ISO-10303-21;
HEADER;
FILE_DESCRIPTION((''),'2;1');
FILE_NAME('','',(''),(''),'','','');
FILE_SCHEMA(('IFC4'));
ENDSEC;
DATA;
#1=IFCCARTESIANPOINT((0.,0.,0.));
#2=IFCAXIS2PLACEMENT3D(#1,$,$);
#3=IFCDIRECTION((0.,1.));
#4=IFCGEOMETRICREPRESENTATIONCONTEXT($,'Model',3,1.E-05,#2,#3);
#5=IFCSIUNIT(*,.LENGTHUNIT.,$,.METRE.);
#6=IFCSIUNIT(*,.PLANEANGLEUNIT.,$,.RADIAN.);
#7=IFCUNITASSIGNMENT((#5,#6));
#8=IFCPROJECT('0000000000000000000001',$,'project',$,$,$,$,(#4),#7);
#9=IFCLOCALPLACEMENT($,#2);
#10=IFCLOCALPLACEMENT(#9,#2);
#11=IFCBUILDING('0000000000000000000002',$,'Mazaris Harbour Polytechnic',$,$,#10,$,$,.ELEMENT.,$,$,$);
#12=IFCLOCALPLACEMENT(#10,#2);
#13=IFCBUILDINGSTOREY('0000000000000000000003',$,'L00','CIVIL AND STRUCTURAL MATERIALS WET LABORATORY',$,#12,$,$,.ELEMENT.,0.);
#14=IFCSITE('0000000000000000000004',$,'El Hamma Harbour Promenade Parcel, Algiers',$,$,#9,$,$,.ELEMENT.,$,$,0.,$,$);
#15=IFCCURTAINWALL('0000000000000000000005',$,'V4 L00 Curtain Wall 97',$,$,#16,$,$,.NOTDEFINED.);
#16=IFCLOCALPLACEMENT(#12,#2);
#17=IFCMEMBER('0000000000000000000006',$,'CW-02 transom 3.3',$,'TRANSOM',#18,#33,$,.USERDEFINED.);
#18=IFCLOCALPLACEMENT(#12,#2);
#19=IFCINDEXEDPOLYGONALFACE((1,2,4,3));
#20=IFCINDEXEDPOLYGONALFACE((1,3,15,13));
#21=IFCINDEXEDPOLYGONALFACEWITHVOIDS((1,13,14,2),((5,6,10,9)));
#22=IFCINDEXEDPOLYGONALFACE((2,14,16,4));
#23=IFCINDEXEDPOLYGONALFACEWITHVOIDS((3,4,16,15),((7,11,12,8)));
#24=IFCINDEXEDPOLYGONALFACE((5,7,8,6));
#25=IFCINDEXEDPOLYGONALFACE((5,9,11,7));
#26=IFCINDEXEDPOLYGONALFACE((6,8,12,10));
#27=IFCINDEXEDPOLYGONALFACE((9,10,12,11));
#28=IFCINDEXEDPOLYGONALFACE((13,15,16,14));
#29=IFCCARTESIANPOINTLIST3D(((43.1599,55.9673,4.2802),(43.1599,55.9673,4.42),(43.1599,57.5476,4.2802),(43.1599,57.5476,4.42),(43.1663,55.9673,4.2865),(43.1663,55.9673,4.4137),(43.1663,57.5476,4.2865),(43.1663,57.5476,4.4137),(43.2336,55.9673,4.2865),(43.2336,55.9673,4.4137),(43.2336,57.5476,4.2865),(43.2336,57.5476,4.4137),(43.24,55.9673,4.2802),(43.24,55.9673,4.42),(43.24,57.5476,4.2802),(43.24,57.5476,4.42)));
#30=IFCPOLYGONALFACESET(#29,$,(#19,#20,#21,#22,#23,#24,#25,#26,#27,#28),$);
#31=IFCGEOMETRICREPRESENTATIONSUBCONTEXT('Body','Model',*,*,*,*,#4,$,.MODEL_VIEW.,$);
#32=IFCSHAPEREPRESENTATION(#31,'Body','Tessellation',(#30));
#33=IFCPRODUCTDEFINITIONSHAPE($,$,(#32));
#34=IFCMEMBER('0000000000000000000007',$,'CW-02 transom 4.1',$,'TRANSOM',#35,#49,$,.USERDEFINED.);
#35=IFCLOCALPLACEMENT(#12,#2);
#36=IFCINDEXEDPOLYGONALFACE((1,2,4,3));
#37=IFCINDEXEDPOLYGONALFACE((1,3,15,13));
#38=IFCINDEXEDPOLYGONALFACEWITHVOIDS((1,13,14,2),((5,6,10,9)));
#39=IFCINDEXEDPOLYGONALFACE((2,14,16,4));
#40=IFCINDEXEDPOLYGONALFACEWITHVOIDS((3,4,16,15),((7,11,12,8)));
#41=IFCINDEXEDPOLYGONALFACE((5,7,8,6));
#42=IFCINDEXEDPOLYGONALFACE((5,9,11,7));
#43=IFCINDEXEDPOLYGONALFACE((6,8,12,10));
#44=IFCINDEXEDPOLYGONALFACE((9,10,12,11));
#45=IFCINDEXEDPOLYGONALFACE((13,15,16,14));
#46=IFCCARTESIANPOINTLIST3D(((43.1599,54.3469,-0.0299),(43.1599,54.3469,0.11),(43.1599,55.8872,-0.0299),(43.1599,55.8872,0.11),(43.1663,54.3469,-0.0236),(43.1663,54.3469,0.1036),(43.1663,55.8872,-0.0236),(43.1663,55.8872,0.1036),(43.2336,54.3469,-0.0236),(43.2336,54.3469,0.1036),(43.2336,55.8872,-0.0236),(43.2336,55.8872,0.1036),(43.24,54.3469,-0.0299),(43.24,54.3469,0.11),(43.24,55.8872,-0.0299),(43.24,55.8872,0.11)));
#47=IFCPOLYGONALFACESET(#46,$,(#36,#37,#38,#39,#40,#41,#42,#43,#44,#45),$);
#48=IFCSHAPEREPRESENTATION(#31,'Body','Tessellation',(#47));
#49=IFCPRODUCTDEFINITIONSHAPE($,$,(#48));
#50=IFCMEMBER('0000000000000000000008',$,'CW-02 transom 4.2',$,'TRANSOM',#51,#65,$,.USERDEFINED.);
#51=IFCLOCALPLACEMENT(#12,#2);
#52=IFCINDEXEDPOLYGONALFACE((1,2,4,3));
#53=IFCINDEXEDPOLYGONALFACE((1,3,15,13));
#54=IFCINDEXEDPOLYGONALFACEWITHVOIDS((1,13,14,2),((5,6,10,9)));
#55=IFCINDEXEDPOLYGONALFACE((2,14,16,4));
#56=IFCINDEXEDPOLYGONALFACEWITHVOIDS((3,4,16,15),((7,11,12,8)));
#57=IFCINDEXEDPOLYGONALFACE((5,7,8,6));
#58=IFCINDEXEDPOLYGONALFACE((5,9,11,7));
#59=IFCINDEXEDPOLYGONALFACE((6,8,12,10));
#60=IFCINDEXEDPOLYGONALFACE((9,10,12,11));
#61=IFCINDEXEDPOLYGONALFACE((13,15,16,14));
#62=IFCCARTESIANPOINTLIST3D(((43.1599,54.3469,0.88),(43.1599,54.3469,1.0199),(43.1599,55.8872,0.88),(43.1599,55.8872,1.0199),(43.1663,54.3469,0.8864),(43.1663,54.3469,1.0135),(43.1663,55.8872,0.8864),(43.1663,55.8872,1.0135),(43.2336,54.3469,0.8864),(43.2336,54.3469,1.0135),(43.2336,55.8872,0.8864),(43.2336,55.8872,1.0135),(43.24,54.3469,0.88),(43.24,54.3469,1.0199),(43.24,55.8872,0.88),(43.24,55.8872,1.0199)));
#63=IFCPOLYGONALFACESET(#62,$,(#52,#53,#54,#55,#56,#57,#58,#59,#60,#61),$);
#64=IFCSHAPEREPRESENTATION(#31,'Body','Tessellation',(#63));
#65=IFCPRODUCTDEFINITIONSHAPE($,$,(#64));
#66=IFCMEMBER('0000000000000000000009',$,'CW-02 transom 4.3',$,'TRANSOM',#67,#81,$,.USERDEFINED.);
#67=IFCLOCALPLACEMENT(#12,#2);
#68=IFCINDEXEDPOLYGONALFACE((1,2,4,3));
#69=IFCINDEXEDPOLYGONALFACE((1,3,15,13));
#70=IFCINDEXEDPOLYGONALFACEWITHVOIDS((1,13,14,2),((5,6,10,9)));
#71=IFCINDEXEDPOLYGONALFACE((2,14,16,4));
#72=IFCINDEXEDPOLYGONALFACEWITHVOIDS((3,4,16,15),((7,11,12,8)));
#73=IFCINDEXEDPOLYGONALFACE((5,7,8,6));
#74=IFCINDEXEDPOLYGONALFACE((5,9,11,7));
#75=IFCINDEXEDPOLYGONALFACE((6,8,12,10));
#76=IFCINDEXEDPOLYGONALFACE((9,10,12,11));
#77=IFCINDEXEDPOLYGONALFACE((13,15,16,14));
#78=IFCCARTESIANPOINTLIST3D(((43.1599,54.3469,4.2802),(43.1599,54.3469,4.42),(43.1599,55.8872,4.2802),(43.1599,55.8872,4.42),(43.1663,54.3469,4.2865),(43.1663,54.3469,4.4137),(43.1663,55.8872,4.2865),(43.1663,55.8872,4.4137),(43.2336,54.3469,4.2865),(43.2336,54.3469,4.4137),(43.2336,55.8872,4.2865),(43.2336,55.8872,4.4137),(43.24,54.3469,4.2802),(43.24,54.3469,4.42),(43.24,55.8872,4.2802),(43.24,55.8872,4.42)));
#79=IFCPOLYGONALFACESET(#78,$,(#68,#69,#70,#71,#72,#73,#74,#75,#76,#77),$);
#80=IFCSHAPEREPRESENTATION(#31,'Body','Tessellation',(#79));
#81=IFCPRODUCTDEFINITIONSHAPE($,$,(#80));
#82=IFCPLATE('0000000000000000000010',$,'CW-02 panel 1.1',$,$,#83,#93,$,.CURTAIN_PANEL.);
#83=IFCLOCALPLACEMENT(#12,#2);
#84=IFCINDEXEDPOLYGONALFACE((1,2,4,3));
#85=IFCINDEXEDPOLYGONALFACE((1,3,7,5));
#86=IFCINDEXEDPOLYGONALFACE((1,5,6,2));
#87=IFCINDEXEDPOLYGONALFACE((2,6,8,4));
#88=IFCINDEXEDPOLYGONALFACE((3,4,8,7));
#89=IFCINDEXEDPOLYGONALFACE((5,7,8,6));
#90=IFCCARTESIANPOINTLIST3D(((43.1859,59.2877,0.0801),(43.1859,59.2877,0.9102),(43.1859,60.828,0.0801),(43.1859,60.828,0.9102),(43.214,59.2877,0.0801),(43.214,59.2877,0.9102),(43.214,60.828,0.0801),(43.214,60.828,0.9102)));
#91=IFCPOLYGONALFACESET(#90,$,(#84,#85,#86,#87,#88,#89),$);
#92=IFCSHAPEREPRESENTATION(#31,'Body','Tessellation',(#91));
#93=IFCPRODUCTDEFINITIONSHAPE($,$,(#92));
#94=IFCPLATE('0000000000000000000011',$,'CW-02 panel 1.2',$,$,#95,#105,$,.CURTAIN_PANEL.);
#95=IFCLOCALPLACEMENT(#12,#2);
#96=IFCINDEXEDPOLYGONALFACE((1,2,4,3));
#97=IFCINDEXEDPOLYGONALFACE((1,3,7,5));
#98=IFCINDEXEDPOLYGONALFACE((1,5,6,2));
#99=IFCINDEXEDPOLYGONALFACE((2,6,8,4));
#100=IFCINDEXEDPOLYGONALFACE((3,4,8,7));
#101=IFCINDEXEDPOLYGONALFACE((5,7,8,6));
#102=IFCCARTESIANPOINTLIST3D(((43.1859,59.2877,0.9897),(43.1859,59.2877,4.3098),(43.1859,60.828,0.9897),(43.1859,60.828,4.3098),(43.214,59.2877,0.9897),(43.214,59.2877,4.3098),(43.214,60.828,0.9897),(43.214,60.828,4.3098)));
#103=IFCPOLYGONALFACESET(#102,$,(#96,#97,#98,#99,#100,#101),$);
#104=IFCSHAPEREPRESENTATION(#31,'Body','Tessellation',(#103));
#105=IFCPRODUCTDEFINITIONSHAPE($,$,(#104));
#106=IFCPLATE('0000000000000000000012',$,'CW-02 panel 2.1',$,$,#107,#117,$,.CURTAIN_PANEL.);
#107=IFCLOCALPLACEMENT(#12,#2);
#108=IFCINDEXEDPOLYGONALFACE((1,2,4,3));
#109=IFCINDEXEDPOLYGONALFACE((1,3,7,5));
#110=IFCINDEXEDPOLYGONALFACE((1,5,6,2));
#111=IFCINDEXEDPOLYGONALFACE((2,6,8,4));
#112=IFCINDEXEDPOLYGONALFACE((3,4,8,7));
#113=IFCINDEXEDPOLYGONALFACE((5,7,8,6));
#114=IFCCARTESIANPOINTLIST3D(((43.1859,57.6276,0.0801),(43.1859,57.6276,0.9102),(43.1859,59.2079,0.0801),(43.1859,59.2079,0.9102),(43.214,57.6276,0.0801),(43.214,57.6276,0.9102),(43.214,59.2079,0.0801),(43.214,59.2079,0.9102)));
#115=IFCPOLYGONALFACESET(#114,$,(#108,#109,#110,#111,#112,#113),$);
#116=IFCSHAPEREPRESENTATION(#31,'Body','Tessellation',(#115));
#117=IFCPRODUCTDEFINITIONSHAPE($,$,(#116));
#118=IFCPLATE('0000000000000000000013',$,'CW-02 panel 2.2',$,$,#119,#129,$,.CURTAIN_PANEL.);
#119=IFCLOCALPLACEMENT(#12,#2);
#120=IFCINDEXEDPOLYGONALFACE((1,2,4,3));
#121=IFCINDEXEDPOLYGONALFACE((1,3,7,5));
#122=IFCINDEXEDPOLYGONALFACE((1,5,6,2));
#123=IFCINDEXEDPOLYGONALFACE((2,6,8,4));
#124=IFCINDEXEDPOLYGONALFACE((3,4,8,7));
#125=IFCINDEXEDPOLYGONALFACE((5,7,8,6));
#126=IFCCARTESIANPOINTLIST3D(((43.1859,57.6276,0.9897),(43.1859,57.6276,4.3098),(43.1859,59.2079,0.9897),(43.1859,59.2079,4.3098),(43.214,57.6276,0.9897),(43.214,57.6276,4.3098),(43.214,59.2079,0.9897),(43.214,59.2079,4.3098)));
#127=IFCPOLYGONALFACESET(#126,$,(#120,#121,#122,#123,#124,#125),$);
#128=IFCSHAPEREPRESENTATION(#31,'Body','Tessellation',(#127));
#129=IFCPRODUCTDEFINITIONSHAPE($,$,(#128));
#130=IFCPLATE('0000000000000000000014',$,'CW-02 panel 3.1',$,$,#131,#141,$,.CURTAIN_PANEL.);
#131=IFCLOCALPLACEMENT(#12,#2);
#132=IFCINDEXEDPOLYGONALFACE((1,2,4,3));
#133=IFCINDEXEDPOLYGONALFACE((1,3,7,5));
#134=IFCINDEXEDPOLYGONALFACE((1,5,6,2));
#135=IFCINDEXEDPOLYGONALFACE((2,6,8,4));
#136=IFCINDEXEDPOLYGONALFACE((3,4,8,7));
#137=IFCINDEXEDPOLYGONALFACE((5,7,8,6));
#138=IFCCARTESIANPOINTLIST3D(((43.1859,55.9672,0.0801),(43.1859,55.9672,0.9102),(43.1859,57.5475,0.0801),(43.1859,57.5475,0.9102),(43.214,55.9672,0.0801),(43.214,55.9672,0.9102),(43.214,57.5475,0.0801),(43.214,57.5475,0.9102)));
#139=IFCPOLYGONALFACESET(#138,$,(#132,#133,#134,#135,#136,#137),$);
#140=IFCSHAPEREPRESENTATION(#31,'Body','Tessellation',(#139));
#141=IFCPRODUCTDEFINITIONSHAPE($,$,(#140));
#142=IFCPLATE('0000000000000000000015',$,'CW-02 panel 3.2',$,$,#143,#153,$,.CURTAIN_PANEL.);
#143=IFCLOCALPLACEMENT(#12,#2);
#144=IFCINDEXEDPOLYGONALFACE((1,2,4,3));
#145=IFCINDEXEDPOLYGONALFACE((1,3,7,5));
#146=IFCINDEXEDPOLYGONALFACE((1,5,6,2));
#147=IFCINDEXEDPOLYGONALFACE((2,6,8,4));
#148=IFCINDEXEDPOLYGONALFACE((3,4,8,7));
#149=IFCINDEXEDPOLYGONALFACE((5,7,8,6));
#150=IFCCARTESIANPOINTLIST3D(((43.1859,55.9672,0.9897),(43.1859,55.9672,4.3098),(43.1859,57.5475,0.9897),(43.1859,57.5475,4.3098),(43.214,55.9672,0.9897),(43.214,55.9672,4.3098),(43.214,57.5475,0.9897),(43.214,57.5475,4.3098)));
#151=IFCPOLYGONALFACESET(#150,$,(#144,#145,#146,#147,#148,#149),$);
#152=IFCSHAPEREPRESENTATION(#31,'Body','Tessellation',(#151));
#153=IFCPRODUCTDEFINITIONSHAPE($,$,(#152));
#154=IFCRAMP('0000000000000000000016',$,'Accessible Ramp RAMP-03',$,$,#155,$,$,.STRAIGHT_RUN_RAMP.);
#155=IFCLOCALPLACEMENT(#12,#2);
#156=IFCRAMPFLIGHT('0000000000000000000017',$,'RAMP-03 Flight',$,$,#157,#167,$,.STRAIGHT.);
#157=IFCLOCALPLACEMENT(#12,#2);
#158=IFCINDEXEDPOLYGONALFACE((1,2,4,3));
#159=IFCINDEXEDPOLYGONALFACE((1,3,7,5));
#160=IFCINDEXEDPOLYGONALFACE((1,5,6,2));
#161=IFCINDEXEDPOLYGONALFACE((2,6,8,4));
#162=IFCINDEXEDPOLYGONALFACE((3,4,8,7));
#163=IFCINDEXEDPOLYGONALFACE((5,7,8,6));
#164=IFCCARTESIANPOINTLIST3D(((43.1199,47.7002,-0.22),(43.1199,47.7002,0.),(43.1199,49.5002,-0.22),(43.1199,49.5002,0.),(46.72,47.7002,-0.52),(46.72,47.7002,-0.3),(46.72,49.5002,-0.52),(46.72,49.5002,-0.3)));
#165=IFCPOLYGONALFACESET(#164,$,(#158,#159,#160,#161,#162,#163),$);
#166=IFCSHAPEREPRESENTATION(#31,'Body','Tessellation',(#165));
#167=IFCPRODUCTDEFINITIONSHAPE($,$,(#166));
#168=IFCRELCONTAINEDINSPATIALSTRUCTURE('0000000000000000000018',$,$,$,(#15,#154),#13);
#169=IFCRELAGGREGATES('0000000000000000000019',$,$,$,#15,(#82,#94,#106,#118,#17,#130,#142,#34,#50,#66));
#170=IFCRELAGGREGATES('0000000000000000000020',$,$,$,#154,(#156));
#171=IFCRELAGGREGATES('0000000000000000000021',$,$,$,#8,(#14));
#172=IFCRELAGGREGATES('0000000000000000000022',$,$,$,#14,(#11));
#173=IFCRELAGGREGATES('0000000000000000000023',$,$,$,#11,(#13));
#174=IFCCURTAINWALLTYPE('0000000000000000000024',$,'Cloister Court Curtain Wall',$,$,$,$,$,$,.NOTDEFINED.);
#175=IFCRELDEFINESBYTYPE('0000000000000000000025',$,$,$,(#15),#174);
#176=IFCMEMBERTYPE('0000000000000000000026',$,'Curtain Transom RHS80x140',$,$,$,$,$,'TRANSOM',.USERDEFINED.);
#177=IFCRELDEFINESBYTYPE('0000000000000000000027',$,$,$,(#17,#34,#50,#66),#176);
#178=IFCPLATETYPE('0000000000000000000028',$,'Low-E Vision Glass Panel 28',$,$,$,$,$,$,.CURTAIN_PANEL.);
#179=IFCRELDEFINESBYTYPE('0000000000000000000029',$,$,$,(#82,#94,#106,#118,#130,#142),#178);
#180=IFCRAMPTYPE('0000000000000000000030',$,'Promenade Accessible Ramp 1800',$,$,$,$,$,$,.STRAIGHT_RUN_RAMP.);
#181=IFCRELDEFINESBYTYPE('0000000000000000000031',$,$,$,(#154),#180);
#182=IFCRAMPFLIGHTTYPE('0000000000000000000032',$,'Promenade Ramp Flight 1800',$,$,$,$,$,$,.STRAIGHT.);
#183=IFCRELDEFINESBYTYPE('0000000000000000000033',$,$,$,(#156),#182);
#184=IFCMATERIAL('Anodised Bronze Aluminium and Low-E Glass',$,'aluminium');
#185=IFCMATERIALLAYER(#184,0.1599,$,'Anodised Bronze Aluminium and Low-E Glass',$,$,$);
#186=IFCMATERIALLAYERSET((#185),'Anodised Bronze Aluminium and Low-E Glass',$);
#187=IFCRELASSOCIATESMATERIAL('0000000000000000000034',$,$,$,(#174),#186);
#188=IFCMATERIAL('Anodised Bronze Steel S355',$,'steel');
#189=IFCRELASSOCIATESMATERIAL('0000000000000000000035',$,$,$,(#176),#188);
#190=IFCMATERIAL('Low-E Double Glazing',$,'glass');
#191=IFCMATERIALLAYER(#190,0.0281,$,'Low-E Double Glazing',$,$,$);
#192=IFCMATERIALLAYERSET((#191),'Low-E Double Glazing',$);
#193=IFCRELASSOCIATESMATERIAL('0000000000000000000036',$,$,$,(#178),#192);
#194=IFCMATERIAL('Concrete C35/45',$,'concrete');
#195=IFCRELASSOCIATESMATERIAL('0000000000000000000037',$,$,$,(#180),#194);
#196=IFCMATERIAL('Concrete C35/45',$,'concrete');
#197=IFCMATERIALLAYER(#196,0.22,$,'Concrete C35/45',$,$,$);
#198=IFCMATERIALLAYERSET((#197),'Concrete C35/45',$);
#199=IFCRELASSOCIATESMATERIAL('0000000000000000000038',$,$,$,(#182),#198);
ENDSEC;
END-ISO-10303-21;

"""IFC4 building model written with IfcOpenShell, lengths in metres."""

from ifc_helpers import new_model, si_unit, direction, frame, origin, origin_2d, place, context, subcontext, project, spatial, polyline, rectangle, hollow_rectangle, outline, extrude, material, layer, layer_set, material_profile, profile_set, type_object, element, aggregate, save


model = new_model("IFC4")

# Units and contexts
model_context = context("Model", 3, precision=1e-05, world=origin(), true_north=direction((0.0, 1.0)))
body_context = subcontext(model_context, "Body", "Model", "MODEL_VIEW")
ifc_project = project(units=[si_unit("LENGTHUNIT", "METRE"), si_unit("PLANEANGLEUNIT", "RADIAN")], contexts=[model_context])

# Site, building, storey
site_placement = place(None, origin())
site = spatial("IfcSite", under=ifc_project, at=site_placement, Name="El Hamma Harbour Promenade Parcel, Algiers", CompositionType="ELEMENT", RefElevation=0.0)
building_placement = place(site_placement, origin())
building = spatial("IfcBuilding", under=site, at=building_placement, Name="Mazaris Harbour Polytechnic", CompositionType="ELEMENT")
storey_placement = place(building_placement, origin())
storey = spatial("IfcBuildingStorey", under=building, at=storey_placement, Name="L00", Description="CIVIL AND STRUCTURAL MATERIALS WET LABORATORY", CompositionType="ELEMENT", Elevation=0.0)

# Curtain wall, members, plates
ifc_material_1 = material(Name="Anodised Bronze Aluminium and Low-E Glass", Category="aluminium")
ifc_layer_1 = layer(ifc_material_1, 0.1599, Name="Anodised Bronze Aluminium and Low-E Glass")
ifc_layer_set_1 = layer_set([ifc_layer_1], Name="Anodised Bronze Aluminium and Low-E Glass")
curtain_wall_type = type_object("IfcCurtainWallType", Name="Cloister Court Curtain Wall", PredefinedType="NOTDEFINED", material=ifc_layer_set_1)
curtain_wall_placement = place(storey_placement, origin())
curtain_wall = element("IfcCurtainWall", 1, at=curtain_wall_placement, inside=storey, type_object=curtain_wall_type, Name="V4 L00 Curtain Wall 97", PredefinedType="NOTDEFINED")
ifc_material_2 = material(Name="Anodised Bronze Steel S355", Category="steel")
ifc_material_profile_1 = material_profile(ifc_material_2, hollow_rectangle(XDim=0.0801, YDim=0.1399, WallThickness=0.0063, at=origin_2d()), Name="RHS 80x140x6.3")
ifc_profile_set_1 = profile_set([ifc_material_profile_1], Name="Anodised Bronze Steel S355")
member_type_1 = type_object("IfcMemberType", Name="Curtain Transom RHS80x140", ElementType="TRANSOM", PredefinedType="USERDEFINED", material=ifc_profile_set_1)
member_1_placement = place(storey_placement, frame((43.2, 57.5476, 4.3501), z_axis=(0.0, -1.0, 0.0), x_axis=(1.0, 0.0, 0.0)))
member_1 = element("IfcMember", 2, at=member_1_placement, type_object=member_type_1, Name="CW-02 transom 3.3", ObjectType="TRANSOM", PredefinedType="USERDEFINED", context=body_context, shape_type="SweptSolid", body=[
    extrude(hollow_rectangle(XDim=0.0801, YDim=0.1399, WallThickness=0.0063, at=origin_2d()), origin(), (0.0, 0.0, 1.0), 1.5803),
])
member_2_placement = place(storey_placement, frame((43.2, 55.8872, 0.04), z_axis=(0.0, -1.0, 0.0), x_axis=(1.0, 0.0, 0.0)))
member_2 = element("IfcMember", 3, at=member_2_placement, type_object=member_type_1, Name="CW-02 transom 4.1", ObjectType="TRANSOM", PredefinedType="USERDEFINED", context=body_context, shape_type="SweptSolid", body=[
    extrude(hollow_rectangle(XDim=0.0801, YDim=0.1399, WallThickness=0.0063, at=origin_2d()), origin(), (0.0, 0.0, 1.0), 1.5403),
])
member_3_placement = place(storey_placement, frame((43.2, 55.8872, 0.95), z_axis=(0.0, -1.0, 0.0), x_axis=(1.0, 0.0, 0.0)))
member_3 = element("IfcMember", 4, at=member_3_placement, type_object=member_type_1, Name="CW-02 transom 4.2", ObjectType="TRANSOM", PredefinedType="USERDEFINED", context=body_context, shape_type="SweptSolid", body=[
    extrude(hollow_rectangle(XDim=0.0801, YDim=0.1399, WallThickness=0.0063, at=origin_2d()), origin(), (0.0, 0.0, 1.0), 1.5403),
])
member_4_placement = place(storey_placement, frame((43.2, 55.8872, 4.3501), z_axis=(0.0, -1.0, 0.0), x_axis=(1.0, 0.0, 0.0)))
member_4 = element("IfcMember", 5, at=member_4_placement, type_object=member_type_1, Name="CW-02 transom 4.3", ObjectType="TRANSOM", PredefinedType="USERDEFINED", context=body_context, shape_type="SweptSolid", body=[
    extrude(hollow_rectangle(XDim=0.0801, YDim=0.1399, WallThickness=0.0063, at=origin_2d()), origin(), (0.0, 0.0, 1.0), 1.5403),
])
ifc_material_3 = material(Name="Low-E Double Glazing", Category="glass")
ifc_layer_2 = layer(ifc_material_3, 0.0281, Name="Low-E Double Glazing")
ifc_layer_set_2 = layer_set([ifc_layer_2], Name="Low-E Double Glazing")
plate_type = type_object("IfcPlateType", Name="Low-E Vision Glass Panel 28", PredefinedType="CURTAIN_PANEL", material=ifc_layer_set_2)
plate_1_placement = place(storey_placement, frame((43.2, 60.0579, 0.0801), z_axis=(0.0, 0.0, 1.0), x_axis=(0.0, -1.0, 0.0)))
plate_1 = element("IfcPlate", 6, at=plate_1_placement, type_object=plate_type, Name="CW-02 panel 1.1", PredefinedType="CURTAIN_PANEL", context=body_context, shape_type="SweptSolid", body=[
    extrude(rectangle(XDim=1.5403, YDim=0.0281, at=origin_2d()), origin(), (0.0, 0.0, 1.0), 0.8301),
])
plate_2_placement = place(storey_placement, frame((43.2, 60.0579, 0.9897), z_axis=(0.0, 0.0, 1.0), x_axis=(0.0, -1.0, 0.0)))
plate_2 = element("IfcPlate", 7, at=plate_2_placement, type_object=plate_type, Name="CW-02 panel 1.2", PredefinedType="CURTAIN_PANEL", context=body_context, shape_type="SweptSolid", body=[
    extrude(rectangle(XDim=1.5403, YDim=0.0281, at=origin_2d()), origin(), (0.0, 0.0, 1.0), 3.3201),
])
plate_3_placement = place(storey_placement, frame((43.2, 58.4177, 0.0801), z_axis=(0.0, 0.0, 1.0), x_axis=(0.0, -1.0, 0.0)))
plate_3 = element("IfcPlate", 8, at=plate_3_placement, type_object=plate_type, Name="CW-02 panel 2.1", PredefinedType="CURTAIN_PANEL", context=body_context, shape_type="SweptSolid", body=[
    extrude(rectangle(XDim=1.5803, YDim=0.0281, at=origin_2d()), origin(), (0.0, 0.0, 1.0), 0.8301),
])
plate_4_placement = place(storey_placement, frame((43.2, 58.4177, 0.9897), z_axis=(0.0, 0.0, 1.0), x_axis=(0.0, -1.0, 0.0)))
plate_4 = element("IfcPlate", 9, at=plate_4_placement, type_object=plate_type, Name="CW-02 panel 2.2", PredefinedType="CURTAIN_PANEL", context=body_context, shape_type="SweptSolid", body=[
    extrude(rectangle(XDim=1.5803, YDim=0.0281, at=origin_2d()), origin(), (0.0, 0.0, 1.0), 3.3201),
])
plate_5_placement = place(storey_placement, frame((43.2, 56.7573, 0.0801), z_axis=(0.0, 0.0, 1.0), x_axis=(0.0, -1.0, 0.0)))
plate_5 = element("IfcPlate", 10, at=plate_5_placement, type_object=plate_type, Name="CW-02 panel 3.1", PredefinedType="CURTAIN_PANEL", context=body_context, shape_type="SweptSolid", body=[
    extrude(rectangle(XDim=1.5803, YDim=0.0281, at=origin_2d()), origin(), (0.0, 0.0, 1.0), 0.8301),
])
plate_6_placement = place(storey_placement, frame((43.2, 56.7573, 0.9897), z_axis=(0.0, 0.0, 1.0), x_axis=(0.0, -1.0, 0.0)))
plate_6 = element("IfcPlate", 11, at=plate_6_placement, type_object=plate_type, Name="CW-02 panel 3.2", PredefinedType="CURTAIN_PANEL", context=body_context, shape_type="SweptSolid", body=[
    extrude(rectangle(XDim=1.5803, YDim=0.0281, at=origin_2d()), origin(), (0.0, 0.0, 1.0), 3.3201),
])
aggregate(curtain_wall, [plate_1, plate_2, plate_3, plate_4, member_1, plate_5, plate_6, member_2, member_3, member_4])

# Ramp, ramp flight
ifc_material_4 = material(Name="Concrete C35/45", Category="concrete")
ramp_type = type_object("IfcRampType", Name="Promenade Accessible Ramp 1800", PredefinedType="STRAIGHT_RUN_RAMP", material=ifc_material_4)
ramp_placement = place(storey_placement, origin())
ramp = element("IfcRamp", 12, at=ramp_placement, inside=storey, type_object=ramp_type, Name="Accessible Ramp RAMP-03", PredefinedType="STRAIGHT_RUN_RAMP")
ifc_material_5 = material(Name="Concrete C35/45", Category="concrete")
ifc_layer_3 = layer(ifc_material_5, 0.22, Name="Concrete C35/45")
ifc_layer_set_3 = layer_set([ifc_layer_3], Name="Concrete C35/45")
ramp_flight_type = type_object("IfcRampFlightType", Name="Promenade Ramp Flight 1800", PredefinedType="STRAIGHT", material=ifc_layer_set_3)
ramp_flight_placement = place(storey_placement, frame((46.72, 48.6001, -0.3), z_axis=(0.0, 0.0, 1.0), x_axis=(-1.0, 0.0, 0.0)))
ramp_flight = element("IfcRampFlight", 13, at=ramp_flight_placement, type_object=ramp_flight_type, Name="RAMP-03 Flight", PredefinedType="STRAIGHT", context=body_context, shape_type="SweptSolid", body=[
    extrude(outline(polyline([(0.0, 0.0), (0.0, -0.22), (3.6001, 0.0801), (3.6001, 0.3), (0.0, 0.0)])), frame((0.0, 0.8999, 0.0), z_axis=(0.0, -1.0, 0.0), x_axis=(1.0, 0.0, 0.0)), (0.0, 0.0, 1.0), 1.8),
])
aggregate(ramp, [ramp_flight])

save(model, "model.ifc")
